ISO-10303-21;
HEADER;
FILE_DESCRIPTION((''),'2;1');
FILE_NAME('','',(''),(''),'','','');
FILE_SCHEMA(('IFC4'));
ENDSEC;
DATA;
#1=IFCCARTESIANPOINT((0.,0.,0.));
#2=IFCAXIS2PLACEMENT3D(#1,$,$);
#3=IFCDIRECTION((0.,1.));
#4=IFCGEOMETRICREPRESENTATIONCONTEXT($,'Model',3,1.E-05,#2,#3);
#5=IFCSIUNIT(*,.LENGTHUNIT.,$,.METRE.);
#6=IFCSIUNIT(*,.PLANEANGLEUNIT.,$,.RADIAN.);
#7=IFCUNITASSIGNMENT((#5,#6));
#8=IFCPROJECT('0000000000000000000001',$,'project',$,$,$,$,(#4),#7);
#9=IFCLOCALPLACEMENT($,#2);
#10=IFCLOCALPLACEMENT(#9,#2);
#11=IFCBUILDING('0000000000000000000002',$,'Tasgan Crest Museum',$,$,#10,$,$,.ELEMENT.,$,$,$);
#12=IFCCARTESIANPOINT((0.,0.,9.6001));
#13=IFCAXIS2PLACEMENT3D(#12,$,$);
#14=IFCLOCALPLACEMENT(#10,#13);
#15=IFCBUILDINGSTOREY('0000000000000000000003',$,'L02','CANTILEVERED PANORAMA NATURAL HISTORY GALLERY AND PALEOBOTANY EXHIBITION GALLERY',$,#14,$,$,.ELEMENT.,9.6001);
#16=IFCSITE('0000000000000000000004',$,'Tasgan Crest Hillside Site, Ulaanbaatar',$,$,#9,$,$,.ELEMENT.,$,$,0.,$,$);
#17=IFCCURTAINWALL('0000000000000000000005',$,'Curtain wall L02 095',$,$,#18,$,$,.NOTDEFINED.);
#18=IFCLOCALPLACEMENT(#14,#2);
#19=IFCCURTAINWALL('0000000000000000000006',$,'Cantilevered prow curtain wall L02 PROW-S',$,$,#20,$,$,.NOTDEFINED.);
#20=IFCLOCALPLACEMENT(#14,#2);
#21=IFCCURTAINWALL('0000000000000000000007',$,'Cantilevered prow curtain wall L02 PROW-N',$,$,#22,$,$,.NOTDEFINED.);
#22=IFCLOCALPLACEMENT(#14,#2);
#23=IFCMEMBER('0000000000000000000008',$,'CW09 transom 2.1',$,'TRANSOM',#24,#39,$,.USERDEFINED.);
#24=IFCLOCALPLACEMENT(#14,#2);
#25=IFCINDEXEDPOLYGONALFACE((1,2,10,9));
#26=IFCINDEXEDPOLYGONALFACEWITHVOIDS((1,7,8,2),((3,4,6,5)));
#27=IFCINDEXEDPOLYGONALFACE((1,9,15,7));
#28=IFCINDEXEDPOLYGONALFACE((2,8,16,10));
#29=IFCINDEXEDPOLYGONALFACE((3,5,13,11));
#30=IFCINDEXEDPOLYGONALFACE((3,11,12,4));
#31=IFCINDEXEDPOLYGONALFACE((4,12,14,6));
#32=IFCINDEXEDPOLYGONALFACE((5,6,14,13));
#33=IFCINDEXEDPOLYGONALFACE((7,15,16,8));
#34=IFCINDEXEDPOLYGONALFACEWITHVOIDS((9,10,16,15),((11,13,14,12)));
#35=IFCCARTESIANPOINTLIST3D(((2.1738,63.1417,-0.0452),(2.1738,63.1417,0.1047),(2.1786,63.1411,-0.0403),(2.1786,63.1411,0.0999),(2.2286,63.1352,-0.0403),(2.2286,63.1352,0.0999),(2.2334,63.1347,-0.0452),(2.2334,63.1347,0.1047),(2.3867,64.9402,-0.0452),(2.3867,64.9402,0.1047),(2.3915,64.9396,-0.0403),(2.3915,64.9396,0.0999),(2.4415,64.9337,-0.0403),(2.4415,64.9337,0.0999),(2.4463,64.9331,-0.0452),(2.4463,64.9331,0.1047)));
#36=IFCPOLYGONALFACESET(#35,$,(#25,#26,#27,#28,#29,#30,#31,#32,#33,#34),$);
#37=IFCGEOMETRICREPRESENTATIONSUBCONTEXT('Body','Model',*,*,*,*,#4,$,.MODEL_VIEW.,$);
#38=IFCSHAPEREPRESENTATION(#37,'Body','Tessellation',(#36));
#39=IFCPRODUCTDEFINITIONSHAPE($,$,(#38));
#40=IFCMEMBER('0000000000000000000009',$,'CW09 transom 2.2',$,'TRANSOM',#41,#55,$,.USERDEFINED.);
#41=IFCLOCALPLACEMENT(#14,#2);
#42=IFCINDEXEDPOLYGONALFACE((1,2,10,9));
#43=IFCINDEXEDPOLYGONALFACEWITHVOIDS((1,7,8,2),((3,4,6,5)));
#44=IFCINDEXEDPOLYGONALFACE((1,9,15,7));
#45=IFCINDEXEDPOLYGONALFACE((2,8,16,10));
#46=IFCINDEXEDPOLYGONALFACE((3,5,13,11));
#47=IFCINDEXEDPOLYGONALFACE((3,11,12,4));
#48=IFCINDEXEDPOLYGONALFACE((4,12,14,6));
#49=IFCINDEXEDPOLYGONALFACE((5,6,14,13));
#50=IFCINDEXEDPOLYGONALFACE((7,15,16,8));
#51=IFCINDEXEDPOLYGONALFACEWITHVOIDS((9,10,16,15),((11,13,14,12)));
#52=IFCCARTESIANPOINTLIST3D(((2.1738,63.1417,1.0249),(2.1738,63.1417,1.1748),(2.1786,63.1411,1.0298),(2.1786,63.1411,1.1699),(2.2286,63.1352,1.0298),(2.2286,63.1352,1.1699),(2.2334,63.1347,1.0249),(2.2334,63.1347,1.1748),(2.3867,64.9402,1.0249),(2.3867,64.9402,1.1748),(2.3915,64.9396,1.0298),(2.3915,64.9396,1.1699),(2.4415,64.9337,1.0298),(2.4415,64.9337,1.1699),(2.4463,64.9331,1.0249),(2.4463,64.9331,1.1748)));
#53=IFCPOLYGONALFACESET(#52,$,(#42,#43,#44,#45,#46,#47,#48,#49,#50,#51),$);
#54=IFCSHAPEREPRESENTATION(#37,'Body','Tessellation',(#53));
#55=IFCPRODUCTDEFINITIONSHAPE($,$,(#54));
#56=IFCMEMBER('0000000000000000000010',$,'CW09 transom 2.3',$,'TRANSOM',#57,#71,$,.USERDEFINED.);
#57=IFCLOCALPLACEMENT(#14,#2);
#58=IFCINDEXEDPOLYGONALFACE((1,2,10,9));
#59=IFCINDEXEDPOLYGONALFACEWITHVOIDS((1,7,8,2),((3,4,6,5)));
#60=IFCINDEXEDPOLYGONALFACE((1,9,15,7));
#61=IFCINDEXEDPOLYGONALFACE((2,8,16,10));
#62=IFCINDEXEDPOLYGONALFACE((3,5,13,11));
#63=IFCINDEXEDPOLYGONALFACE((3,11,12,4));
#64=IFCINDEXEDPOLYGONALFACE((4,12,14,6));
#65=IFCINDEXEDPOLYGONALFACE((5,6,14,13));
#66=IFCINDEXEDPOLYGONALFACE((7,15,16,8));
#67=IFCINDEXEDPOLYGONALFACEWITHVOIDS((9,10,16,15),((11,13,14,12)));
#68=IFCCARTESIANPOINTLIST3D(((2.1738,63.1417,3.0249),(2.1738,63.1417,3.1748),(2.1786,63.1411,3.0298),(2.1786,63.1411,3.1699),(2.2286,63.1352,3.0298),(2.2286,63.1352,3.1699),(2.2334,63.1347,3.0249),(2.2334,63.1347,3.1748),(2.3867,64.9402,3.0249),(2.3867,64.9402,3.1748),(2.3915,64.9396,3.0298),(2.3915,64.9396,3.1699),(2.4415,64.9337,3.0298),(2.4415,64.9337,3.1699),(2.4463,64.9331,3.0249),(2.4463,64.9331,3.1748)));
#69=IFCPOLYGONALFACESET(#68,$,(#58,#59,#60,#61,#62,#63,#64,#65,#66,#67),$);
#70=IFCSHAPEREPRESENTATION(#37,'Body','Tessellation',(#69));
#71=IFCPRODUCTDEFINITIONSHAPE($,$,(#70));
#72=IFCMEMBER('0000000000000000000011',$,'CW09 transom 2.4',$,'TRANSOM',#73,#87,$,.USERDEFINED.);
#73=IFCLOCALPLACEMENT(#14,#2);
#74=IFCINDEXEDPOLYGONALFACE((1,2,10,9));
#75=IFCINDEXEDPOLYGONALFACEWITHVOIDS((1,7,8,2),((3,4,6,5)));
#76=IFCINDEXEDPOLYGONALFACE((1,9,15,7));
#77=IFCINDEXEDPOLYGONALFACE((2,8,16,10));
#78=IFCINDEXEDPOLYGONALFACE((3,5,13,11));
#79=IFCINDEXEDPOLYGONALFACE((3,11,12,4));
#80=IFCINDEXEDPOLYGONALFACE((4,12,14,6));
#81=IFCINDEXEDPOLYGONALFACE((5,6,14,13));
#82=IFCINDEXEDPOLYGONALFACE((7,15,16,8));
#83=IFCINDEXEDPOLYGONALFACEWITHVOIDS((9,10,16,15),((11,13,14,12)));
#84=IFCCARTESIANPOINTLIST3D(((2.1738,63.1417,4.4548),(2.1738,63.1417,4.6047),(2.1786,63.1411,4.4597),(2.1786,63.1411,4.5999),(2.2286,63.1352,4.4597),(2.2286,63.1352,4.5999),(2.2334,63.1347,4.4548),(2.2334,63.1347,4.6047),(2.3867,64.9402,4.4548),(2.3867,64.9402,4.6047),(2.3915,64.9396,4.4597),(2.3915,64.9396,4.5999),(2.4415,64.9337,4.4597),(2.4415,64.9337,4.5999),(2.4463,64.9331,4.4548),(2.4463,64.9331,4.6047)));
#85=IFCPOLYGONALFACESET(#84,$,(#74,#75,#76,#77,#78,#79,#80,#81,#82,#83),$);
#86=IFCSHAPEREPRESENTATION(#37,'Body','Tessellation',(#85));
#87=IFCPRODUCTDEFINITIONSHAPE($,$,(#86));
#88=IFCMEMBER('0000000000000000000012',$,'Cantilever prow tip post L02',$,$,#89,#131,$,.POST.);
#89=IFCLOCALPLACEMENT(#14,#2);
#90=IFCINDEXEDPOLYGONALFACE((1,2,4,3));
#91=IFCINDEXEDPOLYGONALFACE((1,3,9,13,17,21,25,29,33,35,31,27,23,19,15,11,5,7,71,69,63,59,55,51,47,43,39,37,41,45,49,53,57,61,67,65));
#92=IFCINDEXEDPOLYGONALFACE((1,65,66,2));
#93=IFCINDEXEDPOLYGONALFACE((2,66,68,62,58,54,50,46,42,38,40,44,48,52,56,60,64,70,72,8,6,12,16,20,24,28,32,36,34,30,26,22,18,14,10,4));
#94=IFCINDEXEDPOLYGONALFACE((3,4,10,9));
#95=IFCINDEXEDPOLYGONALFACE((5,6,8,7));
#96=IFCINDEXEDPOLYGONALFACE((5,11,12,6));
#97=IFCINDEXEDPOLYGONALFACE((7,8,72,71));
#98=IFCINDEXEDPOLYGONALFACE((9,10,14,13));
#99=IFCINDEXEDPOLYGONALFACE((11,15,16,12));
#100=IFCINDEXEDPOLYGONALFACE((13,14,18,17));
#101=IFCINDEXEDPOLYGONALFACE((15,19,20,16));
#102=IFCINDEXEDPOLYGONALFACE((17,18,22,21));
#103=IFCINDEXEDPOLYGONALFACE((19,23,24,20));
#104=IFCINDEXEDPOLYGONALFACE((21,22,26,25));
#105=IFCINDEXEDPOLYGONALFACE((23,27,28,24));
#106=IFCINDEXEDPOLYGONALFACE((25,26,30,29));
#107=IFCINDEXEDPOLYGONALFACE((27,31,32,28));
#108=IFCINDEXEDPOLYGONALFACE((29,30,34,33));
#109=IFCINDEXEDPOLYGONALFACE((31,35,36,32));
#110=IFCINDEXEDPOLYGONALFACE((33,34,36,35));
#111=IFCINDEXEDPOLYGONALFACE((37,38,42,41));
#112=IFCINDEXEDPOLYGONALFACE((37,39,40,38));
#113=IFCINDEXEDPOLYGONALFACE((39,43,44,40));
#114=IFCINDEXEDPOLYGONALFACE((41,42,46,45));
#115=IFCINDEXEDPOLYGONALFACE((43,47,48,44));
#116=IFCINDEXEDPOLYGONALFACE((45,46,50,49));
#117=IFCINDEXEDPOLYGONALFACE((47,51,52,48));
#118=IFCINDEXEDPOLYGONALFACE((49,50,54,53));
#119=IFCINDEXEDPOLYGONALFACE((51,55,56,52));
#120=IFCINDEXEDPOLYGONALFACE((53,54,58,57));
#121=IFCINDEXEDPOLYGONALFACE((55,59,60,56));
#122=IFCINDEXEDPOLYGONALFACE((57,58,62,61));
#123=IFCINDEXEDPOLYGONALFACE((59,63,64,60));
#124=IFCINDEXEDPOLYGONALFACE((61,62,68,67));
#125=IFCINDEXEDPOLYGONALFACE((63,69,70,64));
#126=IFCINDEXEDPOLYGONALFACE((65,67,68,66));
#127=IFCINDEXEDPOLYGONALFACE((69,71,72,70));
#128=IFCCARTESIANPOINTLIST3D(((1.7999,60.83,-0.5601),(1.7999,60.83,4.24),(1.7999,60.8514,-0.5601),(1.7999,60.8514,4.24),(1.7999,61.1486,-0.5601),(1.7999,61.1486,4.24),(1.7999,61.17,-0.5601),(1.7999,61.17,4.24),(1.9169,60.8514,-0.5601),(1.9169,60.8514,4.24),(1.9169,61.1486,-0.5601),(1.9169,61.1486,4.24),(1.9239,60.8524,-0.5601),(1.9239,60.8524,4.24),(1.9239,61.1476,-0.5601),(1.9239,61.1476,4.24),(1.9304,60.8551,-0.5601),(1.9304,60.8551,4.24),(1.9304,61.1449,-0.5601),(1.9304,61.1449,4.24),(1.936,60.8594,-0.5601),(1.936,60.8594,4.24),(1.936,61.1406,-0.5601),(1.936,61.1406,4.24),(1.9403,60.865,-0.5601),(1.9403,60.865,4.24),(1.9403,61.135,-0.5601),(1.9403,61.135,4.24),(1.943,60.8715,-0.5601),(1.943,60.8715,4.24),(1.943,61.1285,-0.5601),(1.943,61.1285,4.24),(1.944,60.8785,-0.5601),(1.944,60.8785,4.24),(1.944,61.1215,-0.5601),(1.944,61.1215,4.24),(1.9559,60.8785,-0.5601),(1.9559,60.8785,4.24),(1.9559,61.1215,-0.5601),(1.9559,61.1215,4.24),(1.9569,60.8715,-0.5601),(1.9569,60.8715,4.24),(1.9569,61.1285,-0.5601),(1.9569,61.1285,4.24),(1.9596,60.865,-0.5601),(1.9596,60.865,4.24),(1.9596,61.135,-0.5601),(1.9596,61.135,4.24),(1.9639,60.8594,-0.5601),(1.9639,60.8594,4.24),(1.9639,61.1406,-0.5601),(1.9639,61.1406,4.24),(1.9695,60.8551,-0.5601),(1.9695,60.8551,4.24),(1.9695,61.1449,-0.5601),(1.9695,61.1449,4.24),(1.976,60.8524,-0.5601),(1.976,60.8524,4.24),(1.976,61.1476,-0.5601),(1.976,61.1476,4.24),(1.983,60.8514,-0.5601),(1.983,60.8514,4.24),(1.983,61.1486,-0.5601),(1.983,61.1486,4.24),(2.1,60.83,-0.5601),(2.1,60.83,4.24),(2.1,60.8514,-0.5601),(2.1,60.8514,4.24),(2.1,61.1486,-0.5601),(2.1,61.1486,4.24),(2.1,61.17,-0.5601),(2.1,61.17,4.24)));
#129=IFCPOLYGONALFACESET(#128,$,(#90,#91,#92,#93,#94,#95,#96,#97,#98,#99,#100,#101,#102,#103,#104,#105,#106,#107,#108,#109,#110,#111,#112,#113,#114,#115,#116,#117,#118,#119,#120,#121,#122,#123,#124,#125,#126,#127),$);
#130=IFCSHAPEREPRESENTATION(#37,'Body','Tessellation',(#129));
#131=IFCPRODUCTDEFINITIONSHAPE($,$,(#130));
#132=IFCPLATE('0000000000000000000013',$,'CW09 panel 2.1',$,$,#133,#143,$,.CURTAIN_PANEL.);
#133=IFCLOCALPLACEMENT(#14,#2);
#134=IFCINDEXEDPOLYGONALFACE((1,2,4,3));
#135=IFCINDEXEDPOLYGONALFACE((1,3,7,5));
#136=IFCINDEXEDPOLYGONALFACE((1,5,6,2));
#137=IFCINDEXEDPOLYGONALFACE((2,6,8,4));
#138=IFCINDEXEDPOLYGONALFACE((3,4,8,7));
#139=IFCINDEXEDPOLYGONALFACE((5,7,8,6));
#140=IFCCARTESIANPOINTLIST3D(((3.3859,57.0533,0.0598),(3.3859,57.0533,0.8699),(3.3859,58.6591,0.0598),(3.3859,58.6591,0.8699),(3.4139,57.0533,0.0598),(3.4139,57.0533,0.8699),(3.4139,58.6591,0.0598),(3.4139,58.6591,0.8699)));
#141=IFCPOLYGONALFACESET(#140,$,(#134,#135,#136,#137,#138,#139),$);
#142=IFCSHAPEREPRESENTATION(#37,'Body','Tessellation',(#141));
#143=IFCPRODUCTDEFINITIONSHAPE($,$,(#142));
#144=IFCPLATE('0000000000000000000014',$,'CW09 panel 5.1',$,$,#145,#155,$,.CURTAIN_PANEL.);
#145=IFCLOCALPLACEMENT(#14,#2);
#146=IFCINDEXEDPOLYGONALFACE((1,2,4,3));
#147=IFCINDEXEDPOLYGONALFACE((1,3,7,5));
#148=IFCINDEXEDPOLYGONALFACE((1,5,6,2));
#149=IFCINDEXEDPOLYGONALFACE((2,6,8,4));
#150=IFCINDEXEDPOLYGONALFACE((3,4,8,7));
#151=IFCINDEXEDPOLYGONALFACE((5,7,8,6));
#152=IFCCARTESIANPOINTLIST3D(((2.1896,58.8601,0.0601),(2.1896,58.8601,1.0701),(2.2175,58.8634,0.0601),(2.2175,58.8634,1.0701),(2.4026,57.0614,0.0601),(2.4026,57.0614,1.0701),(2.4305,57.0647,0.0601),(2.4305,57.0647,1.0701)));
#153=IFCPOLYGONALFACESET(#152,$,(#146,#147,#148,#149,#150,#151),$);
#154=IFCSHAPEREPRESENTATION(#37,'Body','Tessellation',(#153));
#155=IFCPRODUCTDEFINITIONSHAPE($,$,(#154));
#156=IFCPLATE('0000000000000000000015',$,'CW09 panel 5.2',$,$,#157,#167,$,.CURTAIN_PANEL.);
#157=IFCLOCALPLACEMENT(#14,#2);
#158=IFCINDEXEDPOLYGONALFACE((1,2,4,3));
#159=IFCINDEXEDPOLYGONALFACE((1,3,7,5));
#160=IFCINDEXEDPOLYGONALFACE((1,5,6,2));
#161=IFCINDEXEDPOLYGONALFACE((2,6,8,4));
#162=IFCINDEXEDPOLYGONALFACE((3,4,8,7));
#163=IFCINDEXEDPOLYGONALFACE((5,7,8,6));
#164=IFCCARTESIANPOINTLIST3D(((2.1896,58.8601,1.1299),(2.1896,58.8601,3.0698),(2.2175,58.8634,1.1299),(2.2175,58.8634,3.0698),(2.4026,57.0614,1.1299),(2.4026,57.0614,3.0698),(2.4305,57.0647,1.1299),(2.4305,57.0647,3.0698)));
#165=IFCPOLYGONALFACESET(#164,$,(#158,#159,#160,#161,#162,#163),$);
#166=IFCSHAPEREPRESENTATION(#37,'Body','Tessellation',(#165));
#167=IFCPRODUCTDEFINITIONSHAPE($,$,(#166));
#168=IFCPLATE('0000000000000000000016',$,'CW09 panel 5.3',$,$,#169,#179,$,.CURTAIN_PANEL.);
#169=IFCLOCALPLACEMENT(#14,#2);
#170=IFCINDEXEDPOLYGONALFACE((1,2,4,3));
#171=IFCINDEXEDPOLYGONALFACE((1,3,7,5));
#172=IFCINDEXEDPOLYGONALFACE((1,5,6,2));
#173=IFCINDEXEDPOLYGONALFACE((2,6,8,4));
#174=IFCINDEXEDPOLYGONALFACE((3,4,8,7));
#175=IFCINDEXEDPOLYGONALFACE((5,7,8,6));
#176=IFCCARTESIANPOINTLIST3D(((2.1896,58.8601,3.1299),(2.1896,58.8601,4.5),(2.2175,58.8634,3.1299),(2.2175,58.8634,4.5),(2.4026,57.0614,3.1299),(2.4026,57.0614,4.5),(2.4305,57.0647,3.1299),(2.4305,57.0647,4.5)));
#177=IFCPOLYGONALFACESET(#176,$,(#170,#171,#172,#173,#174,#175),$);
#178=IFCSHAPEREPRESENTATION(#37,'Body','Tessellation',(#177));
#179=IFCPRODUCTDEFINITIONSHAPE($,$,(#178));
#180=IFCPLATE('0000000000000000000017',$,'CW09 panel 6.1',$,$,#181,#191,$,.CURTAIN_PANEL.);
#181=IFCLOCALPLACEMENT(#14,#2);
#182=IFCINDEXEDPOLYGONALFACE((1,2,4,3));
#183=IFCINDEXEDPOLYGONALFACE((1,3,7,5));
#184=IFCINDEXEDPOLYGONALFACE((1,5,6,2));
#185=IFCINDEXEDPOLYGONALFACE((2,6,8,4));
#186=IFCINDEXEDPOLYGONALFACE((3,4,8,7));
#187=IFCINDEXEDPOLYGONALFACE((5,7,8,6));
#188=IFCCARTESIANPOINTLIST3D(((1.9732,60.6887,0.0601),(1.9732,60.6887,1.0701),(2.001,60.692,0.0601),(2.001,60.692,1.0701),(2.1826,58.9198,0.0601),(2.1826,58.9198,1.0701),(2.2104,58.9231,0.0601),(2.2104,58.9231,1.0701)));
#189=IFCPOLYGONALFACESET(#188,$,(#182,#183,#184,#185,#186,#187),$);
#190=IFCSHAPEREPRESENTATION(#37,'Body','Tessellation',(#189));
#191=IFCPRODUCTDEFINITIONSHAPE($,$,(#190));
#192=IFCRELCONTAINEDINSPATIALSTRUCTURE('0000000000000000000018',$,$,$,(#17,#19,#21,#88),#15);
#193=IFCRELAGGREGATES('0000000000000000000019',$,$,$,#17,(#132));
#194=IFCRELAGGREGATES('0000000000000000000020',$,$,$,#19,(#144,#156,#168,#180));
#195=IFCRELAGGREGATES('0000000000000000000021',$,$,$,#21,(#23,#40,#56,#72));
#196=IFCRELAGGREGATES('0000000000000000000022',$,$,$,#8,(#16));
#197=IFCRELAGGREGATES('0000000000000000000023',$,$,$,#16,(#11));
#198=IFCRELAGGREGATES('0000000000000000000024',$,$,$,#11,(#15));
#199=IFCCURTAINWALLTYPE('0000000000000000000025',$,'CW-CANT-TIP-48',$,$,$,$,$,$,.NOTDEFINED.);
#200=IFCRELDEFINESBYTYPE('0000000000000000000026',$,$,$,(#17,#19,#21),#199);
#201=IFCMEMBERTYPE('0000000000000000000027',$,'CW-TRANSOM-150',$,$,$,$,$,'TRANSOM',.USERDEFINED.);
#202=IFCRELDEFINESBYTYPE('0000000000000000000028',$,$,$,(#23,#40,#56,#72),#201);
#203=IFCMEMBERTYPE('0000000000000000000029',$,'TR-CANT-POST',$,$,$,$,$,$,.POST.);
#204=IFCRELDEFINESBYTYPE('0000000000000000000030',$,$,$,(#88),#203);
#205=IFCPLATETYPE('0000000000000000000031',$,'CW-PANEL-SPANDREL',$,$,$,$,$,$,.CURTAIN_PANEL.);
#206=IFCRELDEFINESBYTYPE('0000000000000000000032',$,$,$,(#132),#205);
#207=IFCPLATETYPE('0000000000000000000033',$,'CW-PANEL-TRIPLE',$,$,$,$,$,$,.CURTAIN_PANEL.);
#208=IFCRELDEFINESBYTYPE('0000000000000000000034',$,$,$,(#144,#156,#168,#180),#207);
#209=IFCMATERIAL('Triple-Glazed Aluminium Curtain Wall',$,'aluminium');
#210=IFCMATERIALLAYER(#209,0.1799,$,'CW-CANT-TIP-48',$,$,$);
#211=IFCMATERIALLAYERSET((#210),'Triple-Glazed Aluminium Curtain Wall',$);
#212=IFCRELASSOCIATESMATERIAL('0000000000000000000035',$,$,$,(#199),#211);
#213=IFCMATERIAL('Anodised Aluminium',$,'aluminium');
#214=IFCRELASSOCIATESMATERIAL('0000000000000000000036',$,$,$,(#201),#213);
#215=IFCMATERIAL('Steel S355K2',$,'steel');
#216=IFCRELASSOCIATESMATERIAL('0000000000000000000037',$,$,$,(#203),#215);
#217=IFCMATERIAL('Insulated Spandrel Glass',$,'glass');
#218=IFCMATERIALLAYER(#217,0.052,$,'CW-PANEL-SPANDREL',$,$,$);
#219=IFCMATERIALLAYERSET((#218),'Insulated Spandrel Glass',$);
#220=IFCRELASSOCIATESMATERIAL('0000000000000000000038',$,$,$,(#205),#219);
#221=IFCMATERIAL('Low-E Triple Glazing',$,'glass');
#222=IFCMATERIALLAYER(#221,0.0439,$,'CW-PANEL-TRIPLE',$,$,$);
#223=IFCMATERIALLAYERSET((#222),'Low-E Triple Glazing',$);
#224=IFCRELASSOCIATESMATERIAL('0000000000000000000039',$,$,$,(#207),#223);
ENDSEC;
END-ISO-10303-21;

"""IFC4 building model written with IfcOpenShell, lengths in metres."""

from ifc_helpers import new_model, si_unit, direction, frame, origin, origin_2d, place, context, subcontext, project, spatial, rectangle, hollow_rectangle, i_section, extrude, material, layer, layer_set, material_profile, profile_set, type_object, element, aggregate, save


model = new_model("IFC4")

# Units and contexts
model_context = context("Model", 3, precision=1e-05, world=origin(), true_north=direction((0.0, 1.0)))
body_context = subcontext(model_context, "Body", "Model", "MODEL_VIEW")
ifc_project = project(units=[si_unit("LENGTHUNIT", "METRE"), si_unit("PLANEANGLEUNIT", "RADIAN")], contexts=[model_context])

# Site, building, storey
site_placement = place(None, origin())
site = spatial("IfcSite", under=ifc_project, at=site_placement, Name="Tasgan Crest Hillside Site, Ulaanbaatar", CompositionType="ELEMENT", RefElevation=0.0)
building_placement = place(site_placement, origin())
building = spatial("IfcBuilding", under=site, at=building_placement, Name="Tasgan Crest Museum", CompositionType="ELEMENT")
storey_placement = place(building_placement, frame((0.0, 0.0, 9.6001)))
storey = spatial("IfcBuildingStorey", under=building, at=storey_placement, Name="L02", Description="CANTILEVERED PANORAMA NATURAL HISTORY GALLERY AND PALEOBOTANY EXHIBITION GALLERY", CompositionType="ELEMENT", Elevation=9.6001)

# Curtain wall
ifc_material_1 = material(Name="Triple-Glazed Aluminium Curtain Wall", Category="aluminium")
ifc_layer_1 = layer(ifc_material_1, 0.1799, Name="CW-CANT-TIP-48")
ifc_layer_set_1 = layer_set([ifc_layer_1], Name="Triple-Glazed Aluminium Curtain Wall")
curtain_wall_type = type_object("IfcCurtainWallType", Name="CW-CANT-TIP-48", PredefinedType="NOTDEFINED", material=ifc_layer_set_1)
curtain_wall_1_placement = place(storey_placement, origin())
curtain_wall_1 = element("IfcCurtainWall", 1, at=curtain_wall_1_placement, inside=storey, type_object=curtain_wall_type, Name="Curtain wall L02 095", PredefinedType="NOTDEFINED")

# Curtain walls
curtain_wall_2_placement = place(storey_placement, origin())
curtain_wall_2 = element("IfcCurtainWall", 2, at=curtain_wall_2_placement, inside=storey, type_object=curtain_wall_type, Name="Cantilevered prow curtain wall L02 PROW-S", PredefinedType="NOTDEFINED")
curtain_wall_3_placement = place(storey_placement, origin())
curtain_wall_3 = element("IfcCurtainWall", 3, at=curtain_wall_3_placement, inside=storey, type_object=curtain_wall_type, Name="Cantilevered prow curtain wall L02 PROW-N", PredefinedType="NOTDEFINED")

# Members
ifc_material_2 = material(Name="Anodised Aluminium", Category="aluminium")
ifc_material_profile_1 = material_profile(ifc_material_2, hollow_rectangle(XDim=0.0601, YDim=0.1499, WallThickness=0.0049, at=origin_2d()), Name="ALU TRANSOM 150x60x5")
ifc_profile_set_1 = profile_set([ifc_material_profile_1], Name="Anodised Aluminium")
member_type_1 = type_object("IfcMemberType", Name="CW-TRANSOM-150", ElementType="TRANSOM", PredefinedType="USERDEFINED", material=ifc_profile_set_1)
member_1_placement = place(storey_placement, frame((2.2036, 63.1382, 0.0298), z_axis=(0.117545, 0.993068, 0.0), x_axis=(-0.993068, 0.117545, 0.0)))
member_1 = element("IfcMember", 4, at=member_1_placement, type_object=member_type_1, Name="CW09 transom 2.1", ObjectType="TRANSOM", PredefinedType="USERDEFINED", context=body_context, shape_type="SweptSolid", body=[
    extrude(hollow_rectangle(XDim=0.0601, YDim=0.1499, WallThickness=0.0049, at=origin_2d()), origin(), (0.0, 0.0, 1.0), 1.811),
])
member_2_placement = place(storey_placement, frame((2.2036, 63.1382, 1.0999), z_axis=(0.117545, 0.993068, 0.0), x_axis=(-0.993068, 0.117545, 0.0)))
member_2 = element("IfcMember", 5, at=member_2_placement, type_object=member_type_1, Name="CW09 transom 2.2", ObjectType="TRANSOM", PredefinedType="USERDEFINED", context=body_context, shape_type="SweptSolid", body=[
    extrude(hollow_rectangle(XDim=0.0601, YDim=0.1499, WallThickness=0.0049, at=origin_2d()), origin(), (0.0, 0.0, 1.0), 1.811),
])
member_3_placement = place(storey_placement, frame((2.2036, 63.1382, 3.0999), z_axis=(0.117545, 0.993068, 0.0), x_axis=(-0.993068, 0.117545, 0.0)))
member_3 = element("IfcMember", 6, at=member_3_placement, type_object=member_type_1, Name="CW09 transom 2.3", ObjectType="TRANSOM", PredefinedType="USERDEFINED", context=body_context, shape_type="SweptSolid", body=[
    extrude(hollow_rectangle(XDim=0.0601, YDim=0.1499, WallThickness=0.0049, at=origin_2d()), origin(), (0.0, 0.0, 1.0), 1.811),
])
member_4_placement = place(storey_placement, frame((2.2036, 63.1382, 4.5298), z_axis=(0.117545, 0.993068, 0.0), x_axis=(-0.993068, 0.117545, 0.0)))
member_4 = element("IfcMember", 7, at=member_4_placement, type_object=member_type_1, Name="CW09 transom 2.4", ObjectType="TRANSOM", PredefinedType="USERDEFINED", context=body_context, shape_type="SweptSolid", body=[
    extrude(hollow_rectangle(XDim=0.0601, YDim=0.1499, WallThickness=0.0049, at=origin_2d()), origin(), (0.0, 0.0, 1.0), 1.811),
])
ifc_material_3 = material(Name="Steel S355K2", Category="steel")
ifc_material_profile_2 = material_profile(ifc_material_3, i_section(OverallWidth=0.3, OverallDepth=0.3401, WebThickness=0.012, FlangeThickness=0.0215, FilletRadius=0.0271, at=origin_2d()), Name="HEB 340")
ifc_profile_set_2 = profile_set([ifc_material_profile_2], Name="Steel S355K2")
member_type_2 = type_object("IfcMemberType", Name="TR-CANT-POST", PredefinedType="POST", material=ifc_profile_set_2)
member_5_placement = place(storey_placement, frame((1.95, 61.0, -0.5601), z_axis=(0.0, 0.0, 1.0), x_axis=(1.0, 0.0, 0.0)))
element("IfcMember", 8, at=member_5_placement, inside=storey, type_object=member_type_2, Name="Cantilever prow tip post L02", PredefinedType="POST", context=body_context, shape_type="SweptSolid", body=[
    extrude(i_section(OverallWidth=0.3, OverallDepth=0.3401, WebThickness=0.012, FlangeThickness=0.0215, FilletRadius=0.0271, at=origin_2d()), origin(), (0.0, 0.0, 1.0), 4.8),
])

# Plates
ifc_material_4 = material(Name="Insulated Spandrel Glass", Category="glass")
ifc_layer_2 = layer(ifc_material_4, 0.052, Name="CW-PANEL-SPANDREL")
ifc_layer_set_2 = layer_set([ifc_layer_2], Name="Insulated Spandrel Glass")
plate_type_1 = type_object("IfcPlateType", Name="CW-PANEL-SPANDREL", PredefinedType="CURTAIN_PANEL", material=ifc_layer_set_2)
plate_1_placement = place(storey_placement, frame((3.3999, 57.8562, 0.0598), z_axis=(0.0, 0.0, 1.0), x_axis=(0.0, -1.0, 0.0)))
plate_1 = element("IfcPlate", 9, at=plate_1_placement, type_object=plate_type_1, Name="CW09 panel 2.1", PredefinedType="CURTAIN_PANEL", context=body_context, shape_type="SweptSolid", body=[
    extrude(rectangle(XDim=1.6057, YDim=0.0281, at=origin_2d()), origin(), (0.0, 0.0, 1.0), 0.8101),
])
aggregate(curtain_wall_1, [plate_1])
ifc_material_5 = material(Name="Low-E Triple Glazing", Category="glass")
ifc_layer_3 = layer(ifc_material_5, 0.0439, Name="CW-PANEL-TRIPLE")
ifc_layer_set_3 = layer_set([ifc_layer_3], Name="Low-E Triple Glazing")
plate_type_2 = type_object("IfcPlateType", Name="CW-PANEL-TRIPLE", PredefinedType="CURTAIN_PANEL", material=ifc_layer_set_3)
plate_2_placement = place(storey_placement, frame((2.3101, 57.9624, 0.0601), z_axis=(0.0, 0.0, 1.0), x_axis=(-0.117565, 0.993065, 0.0)))
plate_2 = element("IfcPlate", 10, at=plate_2_placement, type_object=plate_type_2, Name="CW09 panel 5.1", PredefinedType="CURTAIN_PANEL", context=body_context, shape_type="SweptSolid", body=[
    extrude(rectangle(XDim=1.8113, YDim=0.0281, at=origin_2d()), origin(), (0.0, 0.0, 1.0), 1.01),
])
plate_3_placement = place(storey_placement, frame((2.3101, 57.9624, 1.1299), z_axis=(0.0, 0.0, 1.0), x_axis=(-0.117565, 0.993065, 0.0)))
plate_3 = element("IfcPlate", 11, at=plate_3_placement, type_object=plate_type_2, Name="CW09 panel 5.2", PredefinedType="CURTAIN_PANEL", context=body_context, shape_type="SweptSolid", body=[
    extrude(rectangle(XDim=1.8113, YDim=0.0281, at=origin_2d()), origin(), (0.0, 0.0, 1.0), 1.9399),
])
plate_4_placement = place(storey_placement, frame((2.3101, 57.9624, 3.1299), z_axis=(0.0, 0.0, 1.0), x_axis=(-0.117565, 0.993065, 0.0)))
plate_4 = element("IfcPlate", 12, at=plate_4_placement, type_object=plate_type_2, Name="CW09 panel 5.3", PredefinedType="CURTAIN_PANEL", context=body_context, shape_type="SweptSolid", body=[
    extrude(rectangle(XDim=1.8113, YDim=0.0281, at=origin_2d()), origin(), (0.0, 0.0, 1.0), 1.3701),
])
plate_5_placement = place(storey_placement, frame((2.0918, 59.8059, 0.0601), z_axis=(0.0, 0.0, 1.0), x_axis=(-0.117565, 0.993065, 0.0)))
plate_5 = element("IfcPlate", 13, at=plate_5_placement, type_object=plate_type_2, Name="CW09 panel 6.1", PredefinedType="CURTAIN_PANEL", context=body_context, shape_type="SweptSolid", body=[
    extrude(rectangle(XDim=1.7812, YDim=0.0281, at=origin_2d()), origin(), (0.0, 0.0, 1.0), 1.01),
])
aggregate(curtain_wall_2, [plate_2, plate_3, plate_4, plate_5])
aggregate(curtain_wall_3, [member_1, member_2, member_3, member_4])

save(model, "model.ifc")
